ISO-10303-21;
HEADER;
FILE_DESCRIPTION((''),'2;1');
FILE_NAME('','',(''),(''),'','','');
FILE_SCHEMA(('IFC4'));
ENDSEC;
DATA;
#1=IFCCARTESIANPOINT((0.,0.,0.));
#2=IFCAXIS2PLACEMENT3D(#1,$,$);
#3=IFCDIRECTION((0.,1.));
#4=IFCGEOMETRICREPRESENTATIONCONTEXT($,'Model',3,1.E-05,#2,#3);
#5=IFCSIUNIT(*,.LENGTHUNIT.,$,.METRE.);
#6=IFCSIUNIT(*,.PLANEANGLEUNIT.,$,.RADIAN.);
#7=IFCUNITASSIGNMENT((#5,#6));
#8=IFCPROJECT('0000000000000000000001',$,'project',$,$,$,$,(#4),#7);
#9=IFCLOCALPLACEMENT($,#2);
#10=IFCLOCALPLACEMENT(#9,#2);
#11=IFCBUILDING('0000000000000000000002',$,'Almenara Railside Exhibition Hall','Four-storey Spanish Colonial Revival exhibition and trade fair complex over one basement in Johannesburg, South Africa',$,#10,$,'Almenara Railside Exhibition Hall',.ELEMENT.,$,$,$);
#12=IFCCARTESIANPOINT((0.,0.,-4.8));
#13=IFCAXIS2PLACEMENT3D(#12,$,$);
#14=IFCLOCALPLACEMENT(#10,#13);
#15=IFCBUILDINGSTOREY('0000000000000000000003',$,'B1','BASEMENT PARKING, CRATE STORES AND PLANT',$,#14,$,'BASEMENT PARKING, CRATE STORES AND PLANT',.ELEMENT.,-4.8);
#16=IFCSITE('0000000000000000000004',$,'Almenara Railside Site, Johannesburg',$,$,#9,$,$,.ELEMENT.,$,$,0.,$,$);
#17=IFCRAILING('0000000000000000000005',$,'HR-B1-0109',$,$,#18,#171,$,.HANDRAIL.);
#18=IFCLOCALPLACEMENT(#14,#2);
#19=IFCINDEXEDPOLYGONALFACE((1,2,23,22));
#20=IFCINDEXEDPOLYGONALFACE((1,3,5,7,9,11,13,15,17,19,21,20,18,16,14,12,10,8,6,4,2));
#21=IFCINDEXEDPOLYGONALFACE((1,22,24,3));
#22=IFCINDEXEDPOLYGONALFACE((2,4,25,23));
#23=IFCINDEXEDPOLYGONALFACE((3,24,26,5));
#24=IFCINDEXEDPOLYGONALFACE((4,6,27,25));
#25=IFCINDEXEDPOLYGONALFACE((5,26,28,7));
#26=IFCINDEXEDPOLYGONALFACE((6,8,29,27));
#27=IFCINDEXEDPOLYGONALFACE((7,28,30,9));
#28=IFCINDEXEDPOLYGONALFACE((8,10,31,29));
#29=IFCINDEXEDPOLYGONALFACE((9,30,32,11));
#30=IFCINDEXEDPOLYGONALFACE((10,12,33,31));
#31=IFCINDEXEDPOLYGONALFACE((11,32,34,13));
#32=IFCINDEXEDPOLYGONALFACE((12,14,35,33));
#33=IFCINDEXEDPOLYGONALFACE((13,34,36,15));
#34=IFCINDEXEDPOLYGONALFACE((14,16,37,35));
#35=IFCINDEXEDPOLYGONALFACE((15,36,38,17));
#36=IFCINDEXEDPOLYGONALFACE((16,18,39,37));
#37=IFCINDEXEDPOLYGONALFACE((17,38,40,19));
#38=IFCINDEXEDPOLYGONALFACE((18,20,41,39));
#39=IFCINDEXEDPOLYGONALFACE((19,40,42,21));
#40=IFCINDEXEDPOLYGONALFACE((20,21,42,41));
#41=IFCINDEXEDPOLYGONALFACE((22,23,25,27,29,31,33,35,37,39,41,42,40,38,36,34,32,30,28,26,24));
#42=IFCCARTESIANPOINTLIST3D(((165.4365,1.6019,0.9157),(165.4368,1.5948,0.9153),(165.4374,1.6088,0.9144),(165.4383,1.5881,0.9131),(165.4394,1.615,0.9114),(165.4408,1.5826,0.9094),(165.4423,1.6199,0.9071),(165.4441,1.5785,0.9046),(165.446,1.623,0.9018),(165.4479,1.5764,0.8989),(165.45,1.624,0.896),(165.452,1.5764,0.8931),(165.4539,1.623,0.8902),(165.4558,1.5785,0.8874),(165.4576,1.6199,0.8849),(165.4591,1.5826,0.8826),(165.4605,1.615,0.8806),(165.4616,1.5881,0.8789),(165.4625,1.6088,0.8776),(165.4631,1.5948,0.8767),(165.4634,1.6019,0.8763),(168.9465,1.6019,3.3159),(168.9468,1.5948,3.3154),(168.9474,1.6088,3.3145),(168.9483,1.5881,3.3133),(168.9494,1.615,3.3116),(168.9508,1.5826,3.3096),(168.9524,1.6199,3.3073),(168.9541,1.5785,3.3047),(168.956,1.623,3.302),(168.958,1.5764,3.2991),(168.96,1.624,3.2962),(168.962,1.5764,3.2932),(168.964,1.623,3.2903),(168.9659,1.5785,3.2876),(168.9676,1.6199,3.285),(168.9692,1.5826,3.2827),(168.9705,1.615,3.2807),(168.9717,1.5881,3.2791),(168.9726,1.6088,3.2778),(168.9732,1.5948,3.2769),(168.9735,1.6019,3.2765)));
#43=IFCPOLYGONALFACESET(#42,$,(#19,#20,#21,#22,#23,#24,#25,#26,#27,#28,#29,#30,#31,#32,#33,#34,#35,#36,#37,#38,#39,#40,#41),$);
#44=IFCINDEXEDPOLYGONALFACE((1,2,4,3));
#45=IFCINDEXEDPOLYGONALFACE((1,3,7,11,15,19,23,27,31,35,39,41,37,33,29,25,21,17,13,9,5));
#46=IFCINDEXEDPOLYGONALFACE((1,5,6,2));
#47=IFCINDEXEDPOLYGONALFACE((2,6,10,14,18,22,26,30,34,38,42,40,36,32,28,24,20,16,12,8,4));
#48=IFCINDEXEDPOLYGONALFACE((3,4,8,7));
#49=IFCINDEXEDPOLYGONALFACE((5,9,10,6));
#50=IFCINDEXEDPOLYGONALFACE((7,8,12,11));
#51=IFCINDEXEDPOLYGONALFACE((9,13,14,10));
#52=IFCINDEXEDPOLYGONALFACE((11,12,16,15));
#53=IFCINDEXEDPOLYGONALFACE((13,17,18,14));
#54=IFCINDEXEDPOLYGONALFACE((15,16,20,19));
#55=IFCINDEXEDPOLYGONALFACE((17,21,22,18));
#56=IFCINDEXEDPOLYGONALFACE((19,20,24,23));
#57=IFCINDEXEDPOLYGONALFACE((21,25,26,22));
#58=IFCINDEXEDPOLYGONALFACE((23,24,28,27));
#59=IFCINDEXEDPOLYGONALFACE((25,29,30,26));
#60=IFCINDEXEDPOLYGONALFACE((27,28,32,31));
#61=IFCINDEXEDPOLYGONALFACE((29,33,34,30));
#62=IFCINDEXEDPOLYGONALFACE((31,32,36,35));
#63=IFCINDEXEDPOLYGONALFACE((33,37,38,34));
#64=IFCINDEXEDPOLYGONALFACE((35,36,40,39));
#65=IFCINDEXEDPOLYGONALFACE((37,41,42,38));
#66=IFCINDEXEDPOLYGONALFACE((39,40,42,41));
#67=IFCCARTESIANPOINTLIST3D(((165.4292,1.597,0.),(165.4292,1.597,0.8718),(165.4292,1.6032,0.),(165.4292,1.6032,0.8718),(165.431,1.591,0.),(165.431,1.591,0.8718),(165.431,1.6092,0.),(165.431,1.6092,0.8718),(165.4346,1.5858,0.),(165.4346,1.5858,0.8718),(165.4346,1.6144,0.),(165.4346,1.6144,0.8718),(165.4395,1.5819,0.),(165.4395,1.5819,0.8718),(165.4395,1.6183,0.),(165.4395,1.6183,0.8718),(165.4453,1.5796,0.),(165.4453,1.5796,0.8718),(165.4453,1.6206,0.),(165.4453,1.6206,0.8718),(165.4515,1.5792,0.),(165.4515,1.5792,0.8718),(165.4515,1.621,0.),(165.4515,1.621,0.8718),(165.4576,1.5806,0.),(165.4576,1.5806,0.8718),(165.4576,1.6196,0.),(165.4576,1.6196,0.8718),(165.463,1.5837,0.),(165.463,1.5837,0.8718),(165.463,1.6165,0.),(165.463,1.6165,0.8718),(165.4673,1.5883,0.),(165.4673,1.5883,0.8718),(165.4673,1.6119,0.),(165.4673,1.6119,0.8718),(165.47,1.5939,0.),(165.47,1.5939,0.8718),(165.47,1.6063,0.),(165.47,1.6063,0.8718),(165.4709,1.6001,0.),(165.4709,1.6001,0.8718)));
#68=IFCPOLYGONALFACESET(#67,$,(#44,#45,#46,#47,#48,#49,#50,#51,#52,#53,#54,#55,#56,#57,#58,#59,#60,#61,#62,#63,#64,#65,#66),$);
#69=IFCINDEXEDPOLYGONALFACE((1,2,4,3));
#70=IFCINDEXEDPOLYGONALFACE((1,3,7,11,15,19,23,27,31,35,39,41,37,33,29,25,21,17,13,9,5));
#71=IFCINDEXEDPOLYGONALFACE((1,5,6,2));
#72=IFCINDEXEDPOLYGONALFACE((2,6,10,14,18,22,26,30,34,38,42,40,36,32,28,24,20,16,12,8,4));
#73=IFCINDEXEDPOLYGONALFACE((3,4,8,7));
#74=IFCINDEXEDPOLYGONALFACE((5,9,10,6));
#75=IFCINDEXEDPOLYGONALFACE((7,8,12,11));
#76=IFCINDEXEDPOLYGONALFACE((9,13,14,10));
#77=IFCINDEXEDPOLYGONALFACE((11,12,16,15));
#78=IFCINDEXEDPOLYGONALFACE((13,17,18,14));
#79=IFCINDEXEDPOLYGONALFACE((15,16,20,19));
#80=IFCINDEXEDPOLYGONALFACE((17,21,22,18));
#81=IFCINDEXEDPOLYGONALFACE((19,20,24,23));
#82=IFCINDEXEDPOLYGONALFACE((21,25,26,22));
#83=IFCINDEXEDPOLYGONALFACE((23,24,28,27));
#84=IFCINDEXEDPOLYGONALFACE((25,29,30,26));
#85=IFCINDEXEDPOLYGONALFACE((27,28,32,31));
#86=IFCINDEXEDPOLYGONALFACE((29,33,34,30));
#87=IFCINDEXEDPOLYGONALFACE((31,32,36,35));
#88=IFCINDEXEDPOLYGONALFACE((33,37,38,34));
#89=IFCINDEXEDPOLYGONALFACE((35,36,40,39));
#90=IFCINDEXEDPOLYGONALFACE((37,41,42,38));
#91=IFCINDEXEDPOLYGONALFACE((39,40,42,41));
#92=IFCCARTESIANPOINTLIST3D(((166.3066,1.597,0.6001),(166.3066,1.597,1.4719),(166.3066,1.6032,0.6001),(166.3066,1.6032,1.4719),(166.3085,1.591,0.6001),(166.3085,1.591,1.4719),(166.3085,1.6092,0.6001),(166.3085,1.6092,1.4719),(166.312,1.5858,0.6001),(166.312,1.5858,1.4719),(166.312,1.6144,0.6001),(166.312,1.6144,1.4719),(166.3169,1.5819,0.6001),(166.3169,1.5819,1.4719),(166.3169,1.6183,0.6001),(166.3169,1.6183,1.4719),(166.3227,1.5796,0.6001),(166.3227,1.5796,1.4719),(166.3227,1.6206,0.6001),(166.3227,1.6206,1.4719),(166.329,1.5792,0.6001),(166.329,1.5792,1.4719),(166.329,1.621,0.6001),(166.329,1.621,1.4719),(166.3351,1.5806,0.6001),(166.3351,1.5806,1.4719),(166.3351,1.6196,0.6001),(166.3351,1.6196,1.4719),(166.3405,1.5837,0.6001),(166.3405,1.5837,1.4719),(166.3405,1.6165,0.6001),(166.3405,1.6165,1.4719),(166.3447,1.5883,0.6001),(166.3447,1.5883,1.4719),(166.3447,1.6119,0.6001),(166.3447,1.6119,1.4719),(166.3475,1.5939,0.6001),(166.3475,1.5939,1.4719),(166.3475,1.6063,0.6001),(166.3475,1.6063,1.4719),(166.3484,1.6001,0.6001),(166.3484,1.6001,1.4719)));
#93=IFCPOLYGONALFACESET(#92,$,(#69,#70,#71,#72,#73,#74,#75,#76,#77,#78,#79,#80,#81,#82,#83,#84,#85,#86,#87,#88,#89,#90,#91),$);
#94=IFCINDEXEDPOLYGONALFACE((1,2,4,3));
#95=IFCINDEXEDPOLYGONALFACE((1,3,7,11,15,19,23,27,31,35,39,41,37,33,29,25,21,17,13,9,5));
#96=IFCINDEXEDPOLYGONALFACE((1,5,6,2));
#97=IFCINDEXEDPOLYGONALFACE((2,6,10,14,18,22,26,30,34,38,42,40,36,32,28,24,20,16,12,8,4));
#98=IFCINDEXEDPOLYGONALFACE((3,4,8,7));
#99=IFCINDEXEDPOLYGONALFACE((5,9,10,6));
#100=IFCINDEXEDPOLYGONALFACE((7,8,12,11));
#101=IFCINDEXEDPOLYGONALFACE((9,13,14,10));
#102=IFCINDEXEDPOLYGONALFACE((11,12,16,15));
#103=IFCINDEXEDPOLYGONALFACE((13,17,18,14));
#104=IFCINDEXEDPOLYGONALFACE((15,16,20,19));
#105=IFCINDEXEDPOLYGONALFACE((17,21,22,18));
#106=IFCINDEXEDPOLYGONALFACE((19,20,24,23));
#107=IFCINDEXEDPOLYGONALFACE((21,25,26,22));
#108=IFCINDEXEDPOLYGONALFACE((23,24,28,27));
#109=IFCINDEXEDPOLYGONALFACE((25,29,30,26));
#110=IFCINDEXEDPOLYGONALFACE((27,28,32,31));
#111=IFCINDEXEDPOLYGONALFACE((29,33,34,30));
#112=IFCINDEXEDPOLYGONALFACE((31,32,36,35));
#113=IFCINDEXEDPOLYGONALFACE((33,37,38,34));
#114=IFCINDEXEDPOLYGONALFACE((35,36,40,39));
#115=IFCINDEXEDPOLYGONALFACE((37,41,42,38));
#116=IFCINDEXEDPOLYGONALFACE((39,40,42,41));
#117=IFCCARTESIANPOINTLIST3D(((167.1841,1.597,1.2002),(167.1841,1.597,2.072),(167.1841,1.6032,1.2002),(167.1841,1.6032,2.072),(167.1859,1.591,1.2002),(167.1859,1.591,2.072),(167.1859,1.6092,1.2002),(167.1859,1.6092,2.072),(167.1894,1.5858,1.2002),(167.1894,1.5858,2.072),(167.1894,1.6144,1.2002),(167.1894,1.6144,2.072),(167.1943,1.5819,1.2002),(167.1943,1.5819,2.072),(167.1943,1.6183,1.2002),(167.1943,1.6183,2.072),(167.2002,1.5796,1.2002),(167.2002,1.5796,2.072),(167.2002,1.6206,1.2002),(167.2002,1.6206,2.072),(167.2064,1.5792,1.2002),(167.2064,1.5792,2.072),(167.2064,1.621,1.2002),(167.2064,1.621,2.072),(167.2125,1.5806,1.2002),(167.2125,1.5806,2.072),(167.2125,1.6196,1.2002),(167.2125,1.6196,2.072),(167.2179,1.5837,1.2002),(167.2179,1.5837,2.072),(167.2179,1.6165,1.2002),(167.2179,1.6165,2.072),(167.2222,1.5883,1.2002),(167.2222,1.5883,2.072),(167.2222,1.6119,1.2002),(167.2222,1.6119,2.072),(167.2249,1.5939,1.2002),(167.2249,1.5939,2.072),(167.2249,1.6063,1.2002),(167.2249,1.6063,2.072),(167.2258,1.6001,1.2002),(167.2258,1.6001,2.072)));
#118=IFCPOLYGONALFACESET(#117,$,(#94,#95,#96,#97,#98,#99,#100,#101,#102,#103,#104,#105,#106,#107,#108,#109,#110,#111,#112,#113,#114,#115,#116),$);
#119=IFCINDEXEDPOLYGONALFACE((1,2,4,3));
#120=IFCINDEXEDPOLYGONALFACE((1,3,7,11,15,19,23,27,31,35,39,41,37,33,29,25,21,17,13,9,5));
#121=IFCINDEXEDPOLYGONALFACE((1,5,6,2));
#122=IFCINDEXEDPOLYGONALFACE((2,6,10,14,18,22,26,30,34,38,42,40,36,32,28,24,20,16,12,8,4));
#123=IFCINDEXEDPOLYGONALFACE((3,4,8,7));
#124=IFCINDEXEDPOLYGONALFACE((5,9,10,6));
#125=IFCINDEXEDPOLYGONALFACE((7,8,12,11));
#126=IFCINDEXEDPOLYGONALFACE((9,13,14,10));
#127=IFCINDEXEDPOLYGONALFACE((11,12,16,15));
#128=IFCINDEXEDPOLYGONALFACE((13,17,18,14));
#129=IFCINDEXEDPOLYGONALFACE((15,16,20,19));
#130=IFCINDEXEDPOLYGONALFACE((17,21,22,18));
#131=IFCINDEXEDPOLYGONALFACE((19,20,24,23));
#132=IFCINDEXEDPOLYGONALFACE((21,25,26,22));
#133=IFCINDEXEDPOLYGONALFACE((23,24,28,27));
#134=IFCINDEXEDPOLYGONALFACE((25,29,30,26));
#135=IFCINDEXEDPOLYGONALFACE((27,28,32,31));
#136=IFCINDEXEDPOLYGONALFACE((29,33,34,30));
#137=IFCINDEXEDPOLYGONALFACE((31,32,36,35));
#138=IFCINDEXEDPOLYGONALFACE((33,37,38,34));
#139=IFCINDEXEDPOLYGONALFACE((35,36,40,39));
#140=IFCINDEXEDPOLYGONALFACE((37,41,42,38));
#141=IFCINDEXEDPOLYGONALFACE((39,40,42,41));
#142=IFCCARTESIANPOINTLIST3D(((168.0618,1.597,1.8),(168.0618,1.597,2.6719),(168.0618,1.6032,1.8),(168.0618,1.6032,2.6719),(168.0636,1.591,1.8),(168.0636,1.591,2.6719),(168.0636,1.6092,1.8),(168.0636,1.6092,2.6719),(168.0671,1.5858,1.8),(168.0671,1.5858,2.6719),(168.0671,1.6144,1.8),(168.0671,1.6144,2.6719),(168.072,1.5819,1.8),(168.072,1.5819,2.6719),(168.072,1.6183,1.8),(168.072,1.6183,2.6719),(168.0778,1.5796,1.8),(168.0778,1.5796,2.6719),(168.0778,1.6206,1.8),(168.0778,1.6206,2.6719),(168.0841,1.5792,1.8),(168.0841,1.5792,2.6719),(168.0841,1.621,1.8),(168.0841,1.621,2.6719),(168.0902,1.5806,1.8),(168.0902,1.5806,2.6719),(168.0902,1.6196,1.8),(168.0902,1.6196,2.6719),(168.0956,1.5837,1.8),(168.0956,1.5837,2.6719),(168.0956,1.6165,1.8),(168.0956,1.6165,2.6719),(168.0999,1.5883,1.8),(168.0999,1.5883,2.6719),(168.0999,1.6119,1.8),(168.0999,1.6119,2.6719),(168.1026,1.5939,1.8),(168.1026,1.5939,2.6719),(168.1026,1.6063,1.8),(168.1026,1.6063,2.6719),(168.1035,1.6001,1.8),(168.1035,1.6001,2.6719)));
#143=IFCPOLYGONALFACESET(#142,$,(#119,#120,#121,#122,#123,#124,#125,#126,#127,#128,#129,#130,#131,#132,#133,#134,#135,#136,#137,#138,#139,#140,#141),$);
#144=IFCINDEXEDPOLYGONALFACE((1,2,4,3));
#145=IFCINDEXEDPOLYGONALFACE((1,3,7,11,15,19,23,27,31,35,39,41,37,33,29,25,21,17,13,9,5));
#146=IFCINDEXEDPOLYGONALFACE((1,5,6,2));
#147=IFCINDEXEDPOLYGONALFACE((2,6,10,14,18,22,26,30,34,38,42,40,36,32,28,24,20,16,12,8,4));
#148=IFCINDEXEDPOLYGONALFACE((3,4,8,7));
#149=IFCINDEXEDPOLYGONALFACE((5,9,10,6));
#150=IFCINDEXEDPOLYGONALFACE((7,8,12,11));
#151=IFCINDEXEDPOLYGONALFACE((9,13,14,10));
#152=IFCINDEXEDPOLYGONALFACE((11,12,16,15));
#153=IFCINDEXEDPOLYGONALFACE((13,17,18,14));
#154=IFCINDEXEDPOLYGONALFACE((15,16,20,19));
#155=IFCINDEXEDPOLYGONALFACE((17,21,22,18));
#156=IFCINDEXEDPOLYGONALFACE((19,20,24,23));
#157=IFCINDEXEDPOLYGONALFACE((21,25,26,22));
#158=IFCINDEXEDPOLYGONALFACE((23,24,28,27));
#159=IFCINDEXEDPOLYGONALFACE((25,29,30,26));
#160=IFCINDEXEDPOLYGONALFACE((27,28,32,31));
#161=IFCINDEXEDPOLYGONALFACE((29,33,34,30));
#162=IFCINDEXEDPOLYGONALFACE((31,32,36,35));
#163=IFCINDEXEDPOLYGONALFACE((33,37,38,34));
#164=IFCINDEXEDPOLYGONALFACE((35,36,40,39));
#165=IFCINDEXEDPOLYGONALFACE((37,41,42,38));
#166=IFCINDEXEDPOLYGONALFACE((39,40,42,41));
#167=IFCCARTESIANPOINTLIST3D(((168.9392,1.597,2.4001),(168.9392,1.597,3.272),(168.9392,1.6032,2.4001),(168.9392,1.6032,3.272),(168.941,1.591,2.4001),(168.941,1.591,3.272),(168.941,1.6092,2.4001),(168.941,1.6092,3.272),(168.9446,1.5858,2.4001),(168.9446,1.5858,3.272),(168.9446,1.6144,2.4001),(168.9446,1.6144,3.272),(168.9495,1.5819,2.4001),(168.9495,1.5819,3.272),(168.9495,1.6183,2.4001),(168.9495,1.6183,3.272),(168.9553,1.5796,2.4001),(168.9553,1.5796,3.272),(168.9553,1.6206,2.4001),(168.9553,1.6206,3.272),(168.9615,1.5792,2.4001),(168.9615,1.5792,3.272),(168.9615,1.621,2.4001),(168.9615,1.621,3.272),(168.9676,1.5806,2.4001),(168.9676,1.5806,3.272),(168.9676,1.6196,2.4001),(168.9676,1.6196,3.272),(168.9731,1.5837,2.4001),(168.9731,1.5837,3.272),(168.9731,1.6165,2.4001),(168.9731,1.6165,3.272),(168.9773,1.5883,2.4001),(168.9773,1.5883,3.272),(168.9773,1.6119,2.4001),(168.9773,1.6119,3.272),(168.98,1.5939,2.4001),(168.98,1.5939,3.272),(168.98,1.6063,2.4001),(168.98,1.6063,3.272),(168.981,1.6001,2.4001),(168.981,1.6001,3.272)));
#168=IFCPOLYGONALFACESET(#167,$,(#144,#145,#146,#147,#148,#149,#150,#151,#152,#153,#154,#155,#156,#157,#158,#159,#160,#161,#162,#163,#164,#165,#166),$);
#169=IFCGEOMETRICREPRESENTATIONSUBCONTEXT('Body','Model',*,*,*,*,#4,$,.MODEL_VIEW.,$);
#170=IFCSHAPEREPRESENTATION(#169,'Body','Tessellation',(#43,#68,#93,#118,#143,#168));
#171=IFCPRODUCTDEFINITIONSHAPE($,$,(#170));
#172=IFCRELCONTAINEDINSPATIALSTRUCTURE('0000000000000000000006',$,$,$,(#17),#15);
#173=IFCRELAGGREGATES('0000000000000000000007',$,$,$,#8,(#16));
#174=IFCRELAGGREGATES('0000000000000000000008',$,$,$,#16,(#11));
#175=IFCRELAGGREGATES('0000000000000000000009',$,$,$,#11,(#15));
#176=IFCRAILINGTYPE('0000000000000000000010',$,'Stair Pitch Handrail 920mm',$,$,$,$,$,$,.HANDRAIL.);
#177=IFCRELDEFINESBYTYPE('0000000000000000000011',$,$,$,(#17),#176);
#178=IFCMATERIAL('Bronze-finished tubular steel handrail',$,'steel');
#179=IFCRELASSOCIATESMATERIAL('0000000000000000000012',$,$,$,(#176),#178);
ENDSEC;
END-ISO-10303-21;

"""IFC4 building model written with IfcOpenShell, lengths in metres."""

from ifc_helpers import new_model, si_unit, direction, frame, origin, origin_2d, place, context, subcontext, project, spatial, circle, extrude, material, type_object, element, save


model = new_model("IFC4")

# Units and contexts
model_context = context("Model", 3, precision=1e-05, world=origin(), true_north=direction((0.0, 1.0)))
body_context = subcontext(model_context, "Body", "Model", "MODEL_VIEW")
ifc_project = project(units=[si_unit("LENGTHUNIT", "METRE"), si_unit("PLANEANGLEUNIT", "RADIAN")], contexts=[model_context])

# Site, building, storey
site_placement = place(None, origin())
site = spatial("IfcSite", under=ifc_project, at=site_placement, Name="Almenara Railside Site, Johannesburg", CompositionType="ELEMENT", RefElevation=0.0)
building_placement = place(site_placement, origin())
building = spatial("IfcBuilding", under=site, at=building_placement, Name="Almenara Railside Exhibition Hall", Description="Four-storey Spanish Colonial Revival exhibition and trade fair complex over one basement in Johannesburg, South Africa", LongName="Almenara Railside Exhibition Hall", CompositionType="ELEMENT")
storey_placement = place(building_placement, frame((0.0, 0.0, -4.8)))
storey = spatial("IfcBuildingStorey", under=building, at=storey_placement, Name="B1", Description="BASEMENT PARKING, CRATE STORES AND PLANT", LongName="BASEMENT PARKING, CRATE STORES AND PLANT", CompositionType="ELEMENT", Elevation=-4.8)

# Railing
ifc_material_1 = material(Name="Bronze-finished tubular steel handrail", Category="steel")
railing_type_1 = type_object("IfcRailingType", Name="Stair Pitch Handrail 920mm", PredefinedType="HANDRAIL", material=ifc_material_1)
railing_1_placement = place(storey_placement, frame((165.45, 1.6001, 0.0)))
element("IfcRailing", 1, at=railing_1_placement, inside=storey, type_object=railing_type_1, Name="HR-B1-0109", PredefinedType="HANDRAIL", context=body_context, shape_type="SweptSolid", body=[
    extrude(circle(Radius=0.0239, at=origin_2d()), frame((0.0, 0.0, 0.896), z_axis=(0.825465, 0.0, 0.564453), x_axis=(0.0, 1.0, 0.0)), (0.0, 0.0, 1.0), 4.2522),
    extrude(circle(Radius=0.021, at=origin_2d()), origin(), (0.0, 0.0, 1.0), 0.8718),
    extrude(circle(Radius=0.021, at=origin_2d()), frame((0.8774, 0.0, 0.6001)), (0.0, 0.0, 1.0), 0.8718),
    extrude(circle(Radius=0.021, at=origin_2d()), frame((1.7549, 0.0, 1.2002)), (0.0, 0.0, 1.0), 0.8718),
    extrude(circle(Radius=0.021, at=origin_2d()), frame((2.6326, 0.0, 1.8)), (0.0, 0.0, 1.0), 0.8718),
    extrude(circle(Radius=0.021, at=origin_2d()), frame((3.51, 0.0, 2.4001)), (0.0, 0.0, 1.0), 0.8718),
])

save(model, "model.ifc")
